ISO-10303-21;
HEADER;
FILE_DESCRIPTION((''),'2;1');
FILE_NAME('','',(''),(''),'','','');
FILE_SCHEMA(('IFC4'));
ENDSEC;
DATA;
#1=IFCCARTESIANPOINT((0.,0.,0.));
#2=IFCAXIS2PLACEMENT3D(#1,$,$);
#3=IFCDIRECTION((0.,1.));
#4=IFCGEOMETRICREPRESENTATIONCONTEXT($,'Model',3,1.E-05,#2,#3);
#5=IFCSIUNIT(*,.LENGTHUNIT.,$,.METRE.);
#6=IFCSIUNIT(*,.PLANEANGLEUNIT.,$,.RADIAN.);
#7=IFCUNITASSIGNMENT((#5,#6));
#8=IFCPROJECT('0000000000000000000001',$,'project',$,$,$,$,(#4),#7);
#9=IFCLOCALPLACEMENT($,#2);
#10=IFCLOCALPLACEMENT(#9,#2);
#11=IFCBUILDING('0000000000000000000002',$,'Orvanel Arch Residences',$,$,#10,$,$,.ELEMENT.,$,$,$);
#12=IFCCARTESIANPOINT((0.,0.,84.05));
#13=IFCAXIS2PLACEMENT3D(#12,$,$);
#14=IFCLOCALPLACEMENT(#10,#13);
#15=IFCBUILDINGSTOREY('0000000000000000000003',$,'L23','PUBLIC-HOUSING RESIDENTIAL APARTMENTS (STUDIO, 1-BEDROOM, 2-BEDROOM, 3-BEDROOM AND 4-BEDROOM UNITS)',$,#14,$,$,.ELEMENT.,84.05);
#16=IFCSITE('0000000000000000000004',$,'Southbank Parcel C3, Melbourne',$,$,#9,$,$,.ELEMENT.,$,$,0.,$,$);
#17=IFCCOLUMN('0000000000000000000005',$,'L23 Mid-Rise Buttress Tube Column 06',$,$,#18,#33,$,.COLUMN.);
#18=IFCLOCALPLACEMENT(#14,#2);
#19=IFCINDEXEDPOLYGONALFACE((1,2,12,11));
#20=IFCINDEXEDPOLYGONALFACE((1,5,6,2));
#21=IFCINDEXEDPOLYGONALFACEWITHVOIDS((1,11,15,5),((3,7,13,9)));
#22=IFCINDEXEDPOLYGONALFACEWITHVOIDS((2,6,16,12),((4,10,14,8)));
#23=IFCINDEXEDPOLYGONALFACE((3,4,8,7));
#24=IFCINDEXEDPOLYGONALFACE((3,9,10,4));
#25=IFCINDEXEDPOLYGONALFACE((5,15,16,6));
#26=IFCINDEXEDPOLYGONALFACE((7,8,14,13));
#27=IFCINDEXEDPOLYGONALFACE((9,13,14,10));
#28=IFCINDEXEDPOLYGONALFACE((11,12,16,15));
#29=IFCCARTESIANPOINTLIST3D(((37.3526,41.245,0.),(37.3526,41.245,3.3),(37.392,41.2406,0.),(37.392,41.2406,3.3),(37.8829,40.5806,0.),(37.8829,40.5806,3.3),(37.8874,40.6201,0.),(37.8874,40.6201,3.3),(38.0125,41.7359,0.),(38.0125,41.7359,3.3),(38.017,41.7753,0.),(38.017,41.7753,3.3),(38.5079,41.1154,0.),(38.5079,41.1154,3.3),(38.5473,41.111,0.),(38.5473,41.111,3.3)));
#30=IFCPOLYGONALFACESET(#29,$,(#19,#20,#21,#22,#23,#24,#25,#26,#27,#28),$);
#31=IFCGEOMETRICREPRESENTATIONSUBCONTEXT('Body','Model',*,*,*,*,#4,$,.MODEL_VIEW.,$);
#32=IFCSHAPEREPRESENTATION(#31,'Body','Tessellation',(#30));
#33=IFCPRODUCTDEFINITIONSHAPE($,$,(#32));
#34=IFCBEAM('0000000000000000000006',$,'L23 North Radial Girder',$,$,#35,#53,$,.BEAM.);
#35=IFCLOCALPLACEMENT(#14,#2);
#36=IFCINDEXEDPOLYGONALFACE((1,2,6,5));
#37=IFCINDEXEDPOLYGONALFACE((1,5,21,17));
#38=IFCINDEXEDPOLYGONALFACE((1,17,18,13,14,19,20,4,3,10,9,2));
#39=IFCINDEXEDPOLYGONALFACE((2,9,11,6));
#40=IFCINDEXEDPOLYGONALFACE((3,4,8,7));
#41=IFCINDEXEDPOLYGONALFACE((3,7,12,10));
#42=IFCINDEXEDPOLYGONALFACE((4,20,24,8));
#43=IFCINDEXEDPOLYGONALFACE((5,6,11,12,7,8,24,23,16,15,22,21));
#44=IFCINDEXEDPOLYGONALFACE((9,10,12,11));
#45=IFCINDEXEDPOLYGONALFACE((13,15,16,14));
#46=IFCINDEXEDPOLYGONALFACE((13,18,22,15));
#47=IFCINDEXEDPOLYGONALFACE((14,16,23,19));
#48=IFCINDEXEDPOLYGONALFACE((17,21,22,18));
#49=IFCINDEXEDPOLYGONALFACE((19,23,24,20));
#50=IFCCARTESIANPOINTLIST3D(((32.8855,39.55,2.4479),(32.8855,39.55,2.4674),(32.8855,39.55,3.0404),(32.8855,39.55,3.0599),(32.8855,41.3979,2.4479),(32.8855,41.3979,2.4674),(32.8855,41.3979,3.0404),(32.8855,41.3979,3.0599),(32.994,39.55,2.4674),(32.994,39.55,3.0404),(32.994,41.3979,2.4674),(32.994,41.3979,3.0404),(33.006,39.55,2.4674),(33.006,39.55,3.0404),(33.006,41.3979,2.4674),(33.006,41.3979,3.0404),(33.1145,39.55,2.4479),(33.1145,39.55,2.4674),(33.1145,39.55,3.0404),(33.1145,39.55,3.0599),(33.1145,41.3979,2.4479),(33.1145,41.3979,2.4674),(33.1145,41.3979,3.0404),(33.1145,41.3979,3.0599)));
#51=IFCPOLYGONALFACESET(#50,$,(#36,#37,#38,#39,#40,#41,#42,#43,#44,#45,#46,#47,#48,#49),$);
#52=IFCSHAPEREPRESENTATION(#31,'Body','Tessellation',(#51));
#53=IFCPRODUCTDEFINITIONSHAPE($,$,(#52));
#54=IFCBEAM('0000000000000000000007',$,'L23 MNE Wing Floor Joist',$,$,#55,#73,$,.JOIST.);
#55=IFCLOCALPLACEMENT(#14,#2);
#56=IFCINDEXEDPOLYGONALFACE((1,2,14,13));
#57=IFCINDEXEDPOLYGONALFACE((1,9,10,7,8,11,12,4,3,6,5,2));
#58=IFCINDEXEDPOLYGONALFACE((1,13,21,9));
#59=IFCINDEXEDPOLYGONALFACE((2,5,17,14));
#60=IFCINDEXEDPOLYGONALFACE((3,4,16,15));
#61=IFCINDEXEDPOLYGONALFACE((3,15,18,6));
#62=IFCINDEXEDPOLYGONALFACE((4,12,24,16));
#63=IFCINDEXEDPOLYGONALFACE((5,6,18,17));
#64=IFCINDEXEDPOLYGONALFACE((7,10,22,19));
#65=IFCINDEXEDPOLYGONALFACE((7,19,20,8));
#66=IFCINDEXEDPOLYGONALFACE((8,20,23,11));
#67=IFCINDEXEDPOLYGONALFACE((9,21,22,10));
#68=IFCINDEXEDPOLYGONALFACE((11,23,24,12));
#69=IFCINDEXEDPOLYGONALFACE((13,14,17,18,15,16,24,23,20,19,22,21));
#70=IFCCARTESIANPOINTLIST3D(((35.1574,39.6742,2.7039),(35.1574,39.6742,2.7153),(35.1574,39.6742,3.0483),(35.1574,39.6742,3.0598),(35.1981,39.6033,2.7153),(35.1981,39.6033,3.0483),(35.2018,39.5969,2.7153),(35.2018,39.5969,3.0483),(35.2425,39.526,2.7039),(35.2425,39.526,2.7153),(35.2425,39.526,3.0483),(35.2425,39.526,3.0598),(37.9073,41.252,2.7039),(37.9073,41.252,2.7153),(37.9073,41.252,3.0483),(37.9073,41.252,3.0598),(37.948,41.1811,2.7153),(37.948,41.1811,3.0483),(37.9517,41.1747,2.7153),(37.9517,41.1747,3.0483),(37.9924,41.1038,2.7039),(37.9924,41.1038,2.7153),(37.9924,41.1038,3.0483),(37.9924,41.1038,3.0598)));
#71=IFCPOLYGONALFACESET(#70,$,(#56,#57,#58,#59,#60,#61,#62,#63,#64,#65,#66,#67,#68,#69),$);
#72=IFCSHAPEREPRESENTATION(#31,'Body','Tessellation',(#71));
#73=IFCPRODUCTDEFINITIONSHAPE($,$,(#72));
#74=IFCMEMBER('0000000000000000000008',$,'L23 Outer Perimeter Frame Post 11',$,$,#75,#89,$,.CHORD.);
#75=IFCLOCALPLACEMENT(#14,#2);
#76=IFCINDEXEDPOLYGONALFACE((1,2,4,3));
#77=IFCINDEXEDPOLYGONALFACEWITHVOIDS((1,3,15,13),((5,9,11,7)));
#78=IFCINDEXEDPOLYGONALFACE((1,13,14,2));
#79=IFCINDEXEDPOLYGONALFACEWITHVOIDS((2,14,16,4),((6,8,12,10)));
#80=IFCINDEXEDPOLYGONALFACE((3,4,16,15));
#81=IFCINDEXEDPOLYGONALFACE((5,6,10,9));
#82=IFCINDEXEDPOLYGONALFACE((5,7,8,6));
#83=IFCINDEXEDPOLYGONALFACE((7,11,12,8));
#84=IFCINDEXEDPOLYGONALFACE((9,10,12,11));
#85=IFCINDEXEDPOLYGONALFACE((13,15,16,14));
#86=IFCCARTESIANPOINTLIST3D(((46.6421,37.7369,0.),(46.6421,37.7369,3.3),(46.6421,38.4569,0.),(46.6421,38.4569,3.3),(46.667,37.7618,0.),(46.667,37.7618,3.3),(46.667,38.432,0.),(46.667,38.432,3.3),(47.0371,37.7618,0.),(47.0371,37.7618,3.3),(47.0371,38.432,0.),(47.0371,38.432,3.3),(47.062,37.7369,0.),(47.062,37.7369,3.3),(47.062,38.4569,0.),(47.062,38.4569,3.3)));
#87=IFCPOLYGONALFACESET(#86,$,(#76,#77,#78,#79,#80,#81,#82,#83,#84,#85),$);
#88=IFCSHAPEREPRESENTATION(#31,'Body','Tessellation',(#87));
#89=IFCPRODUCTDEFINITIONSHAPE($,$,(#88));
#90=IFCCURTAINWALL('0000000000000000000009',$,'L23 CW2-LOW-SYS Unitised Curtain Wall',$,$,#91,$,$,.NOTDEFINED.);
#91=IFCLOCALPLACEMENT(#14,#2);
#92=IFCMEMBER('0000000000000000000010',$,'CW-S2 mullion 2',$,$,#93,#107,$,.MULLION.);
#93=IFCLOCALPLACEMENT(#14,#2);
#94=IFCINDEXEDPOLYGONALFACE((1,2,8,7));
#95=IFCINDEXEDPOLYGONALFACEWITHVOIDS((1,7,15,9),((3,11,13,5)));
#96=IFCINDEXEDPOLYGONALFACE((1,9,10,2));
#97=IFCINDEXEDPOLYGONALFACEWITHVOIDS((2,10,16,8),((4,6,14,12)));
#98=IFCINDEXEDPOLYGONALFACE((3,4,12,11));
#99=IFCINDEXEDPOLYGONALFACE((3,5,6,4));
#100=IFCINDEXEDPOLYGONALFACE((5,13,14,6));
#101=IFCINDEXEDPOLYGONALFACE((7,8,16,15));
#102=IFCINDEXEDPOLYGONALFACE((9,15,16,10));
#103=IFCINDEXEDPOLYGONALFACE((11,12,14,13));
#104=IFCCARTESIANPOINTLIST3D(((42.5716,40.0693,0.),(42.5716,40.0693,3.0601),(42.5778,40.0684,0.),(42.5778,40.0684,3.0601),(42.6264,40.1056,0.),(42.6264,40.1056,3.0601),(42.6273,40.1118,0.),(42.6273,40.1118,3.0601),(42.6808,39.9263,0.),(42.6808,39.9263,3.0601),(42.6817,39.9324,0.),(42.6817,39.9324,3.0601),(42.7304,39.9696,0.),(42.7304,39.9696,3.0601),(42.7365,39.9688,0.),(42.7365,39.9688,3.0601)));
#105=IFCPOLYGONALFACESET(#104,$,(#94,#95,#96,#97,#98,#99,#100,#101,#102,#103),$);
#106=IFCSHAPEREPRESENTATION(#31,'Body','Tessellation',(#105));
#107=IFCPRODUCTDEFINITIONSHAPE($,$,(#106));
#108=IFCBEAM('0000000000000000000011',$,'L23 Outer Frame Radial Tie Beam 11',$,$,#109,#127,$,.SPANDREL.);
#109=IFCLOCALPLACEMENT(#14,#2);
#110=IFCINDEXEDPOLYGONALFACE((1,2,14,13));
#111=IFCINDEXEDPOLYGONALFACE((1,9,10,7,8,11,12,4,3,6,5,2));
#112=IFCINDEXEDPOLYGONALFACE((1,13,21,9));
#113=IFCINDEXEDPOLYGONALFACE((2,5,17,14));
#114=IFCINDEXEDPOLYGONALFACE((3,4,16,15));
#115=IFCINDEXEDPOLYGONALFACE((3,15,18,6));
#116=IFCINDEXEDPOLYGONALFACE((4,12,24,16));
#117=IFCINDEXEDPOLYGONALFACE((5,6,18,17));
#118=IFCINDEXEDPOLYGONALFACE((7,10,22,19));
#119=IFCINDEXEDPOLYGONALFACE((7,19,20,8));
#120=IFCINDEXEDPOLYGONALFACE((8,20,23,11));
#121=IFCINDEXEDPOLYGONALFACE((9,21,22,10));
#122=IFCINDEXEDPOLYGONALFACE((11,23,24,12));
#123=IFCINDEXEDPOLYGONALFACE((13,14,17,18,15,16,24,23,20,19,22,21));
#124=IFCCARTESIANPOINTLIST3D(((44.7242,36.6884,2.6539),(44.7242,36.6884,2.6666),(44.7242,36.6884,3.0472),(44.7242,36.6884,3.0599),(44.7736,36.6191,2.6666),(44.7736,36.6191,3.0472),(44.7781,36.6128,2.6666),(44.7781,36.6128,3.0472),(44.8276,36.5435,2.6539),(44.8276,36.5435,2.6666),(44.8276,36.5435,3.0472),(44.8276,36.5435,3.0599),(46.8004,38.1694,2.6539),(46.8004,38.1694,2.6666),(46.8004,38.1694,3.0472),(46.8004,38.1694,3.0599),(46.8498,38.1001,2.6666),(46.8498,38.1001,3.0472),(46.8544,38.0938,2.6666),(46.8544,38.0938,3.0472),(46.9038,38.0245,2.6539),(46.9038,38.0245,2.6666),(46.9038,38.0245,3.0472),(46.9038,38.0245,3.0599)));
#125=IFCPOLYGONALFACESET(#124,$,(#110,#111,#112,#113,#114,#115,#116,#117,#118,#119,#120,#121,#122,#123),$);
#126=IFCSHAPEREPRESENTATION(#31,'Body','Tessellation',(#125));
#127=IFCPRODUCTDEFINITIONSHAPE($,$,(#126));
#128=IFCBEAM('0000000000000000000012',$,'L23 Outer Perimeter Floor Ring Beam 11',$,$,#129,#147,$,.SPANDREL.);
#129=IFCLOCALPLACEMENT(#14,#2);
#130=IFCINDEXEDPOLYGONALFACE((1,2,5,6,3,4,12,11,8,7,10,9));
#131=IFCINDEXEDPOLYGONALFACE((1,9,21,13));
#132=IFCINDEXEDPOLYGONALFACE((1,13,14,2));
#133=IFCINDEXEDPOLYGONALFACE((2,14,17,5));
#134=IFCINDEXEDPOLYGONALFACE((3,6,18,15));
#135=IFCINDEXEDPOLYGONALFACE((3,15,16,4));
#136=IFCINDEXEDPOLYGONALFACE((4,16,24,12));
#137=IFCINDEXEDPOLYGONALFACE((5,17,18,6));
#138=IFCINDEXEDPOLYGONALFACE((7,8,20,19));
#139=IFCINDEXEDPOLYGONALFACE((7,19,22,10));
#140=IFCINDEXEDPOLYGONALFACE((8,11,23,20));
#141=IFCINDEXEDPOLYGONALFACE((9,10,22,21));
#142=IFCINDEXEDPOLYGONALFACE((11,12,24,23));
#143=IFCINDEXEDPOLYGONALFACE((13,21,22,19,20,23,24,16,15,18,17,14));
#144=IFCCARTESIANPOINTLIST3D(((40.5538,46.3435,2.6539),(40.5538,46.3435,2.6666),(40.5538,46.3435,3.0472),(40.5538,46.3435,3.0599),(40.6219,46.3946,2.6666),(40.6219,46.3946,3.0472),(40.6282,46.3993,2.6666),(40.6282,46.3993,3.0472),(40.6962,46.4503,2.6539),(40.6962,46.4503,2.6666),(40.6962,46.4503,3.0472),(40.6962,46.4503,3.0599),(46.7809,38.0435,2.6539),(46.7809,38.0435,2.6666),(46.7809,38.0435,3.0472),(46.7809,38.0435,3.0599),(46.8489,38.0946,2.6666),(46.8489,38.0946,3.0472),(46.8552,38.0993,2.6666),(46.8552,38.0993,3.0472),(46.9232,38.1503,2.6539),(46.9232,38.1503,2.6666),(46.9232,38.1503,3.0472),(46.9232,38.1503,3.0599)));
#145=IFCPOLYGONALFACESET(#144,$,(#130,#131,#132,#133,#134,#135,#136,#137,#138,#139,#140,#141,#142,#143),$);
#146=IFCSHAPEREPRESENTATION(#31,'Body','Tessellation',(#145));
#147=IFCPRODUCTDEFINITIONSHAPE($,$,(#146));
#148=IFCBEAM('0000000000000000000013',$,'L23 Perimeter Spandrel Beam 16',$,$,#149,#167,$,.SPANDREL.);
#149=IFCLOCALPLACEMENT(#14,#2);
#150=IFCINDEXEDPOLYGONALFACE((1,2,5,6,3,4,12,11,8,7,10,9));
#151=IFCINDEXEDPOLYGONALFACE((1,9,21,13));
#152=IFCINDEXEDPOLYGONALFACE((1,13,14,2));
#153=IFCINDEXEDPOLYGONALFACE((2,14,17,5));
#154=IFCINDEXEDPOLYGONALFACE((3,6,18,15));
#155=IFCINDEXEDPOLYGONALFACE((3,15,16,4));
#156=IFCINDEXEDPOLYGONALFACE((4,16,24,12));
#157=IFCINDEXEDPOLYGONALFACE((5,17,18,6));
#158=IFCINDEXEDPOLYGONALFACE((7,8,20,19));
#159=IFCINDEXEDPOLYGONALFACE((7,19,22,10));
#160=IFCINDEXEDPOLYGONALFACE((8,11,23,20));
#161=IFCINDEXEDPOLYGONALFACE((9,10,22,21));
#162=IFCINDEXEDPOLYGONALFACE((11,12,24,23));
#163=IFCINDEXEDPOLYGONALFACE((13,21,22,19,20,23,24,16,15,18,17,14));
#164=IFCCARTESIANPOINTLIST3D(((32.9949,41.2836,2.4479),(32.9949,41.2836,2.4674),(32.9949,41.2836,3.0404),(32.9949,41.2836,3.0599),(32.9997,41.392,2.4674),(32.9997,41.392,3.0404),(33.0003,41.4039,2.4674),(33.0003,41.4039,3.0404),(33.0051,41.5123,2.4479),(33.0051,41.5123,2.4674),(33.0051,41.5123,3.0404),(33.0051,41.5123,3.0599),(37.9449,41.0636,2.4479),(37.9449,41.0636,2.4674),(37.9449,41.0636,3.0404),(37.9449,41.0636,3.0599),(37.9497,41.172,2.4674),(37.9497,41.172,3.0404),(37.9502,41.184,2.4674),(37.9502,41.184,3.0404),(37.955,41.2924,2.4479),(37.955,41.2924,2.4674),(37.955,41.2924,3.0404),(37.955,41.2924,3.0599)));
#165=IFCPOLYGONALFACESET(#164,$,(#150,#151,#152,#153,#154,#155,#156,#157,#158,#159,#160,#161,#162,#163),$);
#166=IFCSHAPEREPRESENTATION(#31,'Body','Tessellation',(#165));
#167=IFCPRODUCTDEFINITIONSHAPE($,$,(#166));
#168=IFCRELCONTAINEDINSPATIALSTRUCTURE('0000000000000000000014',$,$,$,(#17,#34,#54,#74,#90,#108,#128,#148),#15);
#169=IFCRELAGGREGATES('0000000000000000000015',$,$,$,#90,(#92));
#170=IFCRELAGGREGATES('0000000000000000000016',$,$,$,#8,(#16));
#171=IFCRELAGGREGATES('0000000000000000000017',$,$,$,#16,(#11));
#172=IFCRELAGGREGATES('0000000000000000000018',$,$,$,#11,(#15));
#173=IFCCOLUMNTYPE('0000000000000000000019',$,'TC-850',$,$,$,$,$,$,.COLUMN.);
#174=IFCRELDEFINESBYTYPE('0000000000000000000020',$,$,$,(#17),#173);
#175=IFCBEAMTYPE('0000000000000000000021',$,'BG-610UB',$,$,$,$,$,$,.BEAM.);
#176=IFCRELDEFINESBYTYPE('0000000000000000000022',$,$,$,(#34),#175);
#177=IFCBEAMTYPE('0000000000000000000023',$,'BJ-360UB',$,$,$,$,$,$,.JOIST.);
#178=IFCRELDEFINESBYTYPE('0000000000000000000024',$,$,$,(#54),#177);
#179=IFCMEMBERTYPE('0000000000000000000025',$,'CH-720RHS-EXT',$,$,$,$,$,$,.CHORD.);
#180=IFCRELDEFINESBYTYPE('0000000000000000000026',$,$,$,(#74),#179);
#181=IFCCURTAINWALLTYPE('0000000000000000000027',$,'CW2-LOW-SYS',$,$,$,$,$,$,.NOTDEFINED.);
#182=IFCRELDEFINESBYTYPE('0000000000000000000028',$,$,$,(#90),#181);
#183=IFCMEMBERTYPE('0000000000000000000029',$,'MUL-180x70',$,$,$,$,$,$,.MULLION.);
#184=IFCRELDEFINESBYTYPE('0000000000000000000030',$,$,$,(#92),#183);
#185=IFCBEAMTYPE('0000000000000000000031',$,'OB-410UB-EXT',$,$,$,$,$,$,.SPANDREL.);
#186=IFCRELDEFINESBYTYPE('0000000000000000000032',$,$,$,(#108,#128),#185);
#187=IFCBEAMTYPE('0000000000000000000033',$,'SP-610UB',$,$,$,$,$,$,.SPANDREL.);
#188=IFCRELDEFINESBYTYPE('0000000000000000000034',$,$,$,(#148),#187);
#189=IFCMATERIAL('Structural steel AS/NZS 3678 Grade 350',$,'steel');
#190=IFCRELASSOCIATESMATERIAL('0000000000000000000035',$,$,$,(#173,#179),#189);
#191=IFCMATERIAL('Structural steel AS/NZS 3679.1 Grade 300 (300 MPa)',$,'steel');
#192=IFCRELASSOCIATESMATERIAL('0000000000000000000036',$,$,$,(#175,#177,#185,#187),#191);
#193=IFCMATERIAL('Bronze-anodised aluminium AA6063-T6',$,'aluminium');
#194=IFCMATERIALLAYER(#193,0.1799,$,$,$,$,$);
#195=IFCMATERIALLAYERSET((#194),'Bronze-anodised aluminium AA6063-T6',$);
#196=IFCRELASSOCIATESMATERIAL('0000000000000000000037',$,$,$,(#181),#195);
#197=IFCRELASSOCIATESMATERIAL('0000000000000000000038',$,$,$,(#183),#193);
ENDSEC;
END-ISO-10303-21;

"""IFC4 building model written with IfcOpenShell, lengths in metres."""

from ifc_helpers import new_model, si_unit, direction, frame, origin, origin_2d, place, context, subcontext, project, spatial, hollow_rectangle, i_section, extrude, material, layer, layer_set, material_profile, profile_set, type_object, element, aggregate, save


model = new_model("IFC4")

# Units and contexts
model_context = context("Model", 3, precision=1e-05, world=origin(), true_north=direction((0.0, 1.0)))
body_context = subcontext(model_context, "Body", "Model", "MODEL_VIEW")
ifc_project = project(units=[si_unit("LENGTHUNIT", "METRE"), si_unit("PLANEANGLEUNIT", "RADIAN")], contexts=[model_context])

# Site, building, storey
site_placement = place(None, origin())
site = spatial("IfcSite", under=ifc_project, at=site_placement, Name="Southbank Parcel C3, Melbourne", CompositionType="ELEMENT", RefElevation=0.0)
building_placement = place(site_placement, origin())
building = spatial("IfcBuilding", under=site, at=building_placement, Name="Orvanel Arch Residences", CompositionType="ELEMENT")
storey_placement = place(building_placement, frame((0.0, 0.0, 84.05)))
storey = spatial("IfcBuildingStorey", under=building, at=storey_placement, Name="L23", Description="PUBLIC-HOUSING RESIDENTIAL APARTMENTS (STUDIO, 1-BEDROOM, 2-BEDROOM, 3-BEDROOM AND 4-BEDROOM UNITS)", CompositionType="ELEMENT", Elevation=84.05)

# Column
ifc_material_1 = material(Name="Structural steel AS/NZS 3678 Grade 350", Category="steel")
ifc_material_profile_1 = material_profile(ifc_material_1, hollow_rectangle(XDim=0.8501, YDim=0.8501, WallThickness=0.0281, at=origin_2d()), Name="BOX850x850x28")
ifc_profile_set_1 = profile_set([ifc_material_profile_1], Name="Structural steel AS/NZS 3678 Grade 350")
column_type = type_object("IfcColumnType", Name="TC-850", PredefinedType="COLUMN", material=ifc_profile_set_1)
column_placement = place(storey_placement, frame((37.95, 41.178, 0.0), z_axis=(0.0, 0.0, 1.0), x_axis=(-0.62388, 0.78152, 0.0)))
element("IfcColumn", 1, at=column_placement, inside=storey, type_object=column_type, Name="L23 Mid-Rise Buttress Tube Column 06", PredefinedType="COLUMN", context=body_context, shape_type="SweptSolid", body=[
    extrude(hollow_rectangle(XDim=0.8501, YDim=0.8501, WallThickness=0.0281, at=origin_2d()), origin(), (0.0, 0.0, 1.0), 3.3),
])

# Beams
ifc_material_2 = material(Name="Structural steel AS/NZS 3679.1 Grade 300 (300 MPa)", Category="steel")
ifc_material_profile_2 = material_profile(ifc_material_2, i_section(OverallWidth=0.229, OverallDepth=0.6121, WebThickness=0.012, FlangeThickness=0.0195, at=origin_2d()), Name="610UB125")
ifc_profile_set_2 = profile_set([ifc_material_profile_2], Name="Structural steel AS/NZS 3679.1 Grade 300 (300 MPa)")
beam_type_1 = type_object("IfcBeamType", Name="BG-610UB", PredefinedType="BEAM", material=ifc_profile_set_2)
beam_1_placement = place(storey_placement, frame((33.0, 39.55, 2.7539), z_axis=(0.0, 1.0, 0.0), x_axis=(-1.0, 0.0, 0.0)))
element("IfcBeam", 2, at=beam_1_placement, inside=storey, type_object=beam_type_1, Name="L23 North Radial Girder", PredefinedType="BEAM", context=body_context, shape_type="SweptSolid", body=[
    extrude(i_section(OverallWidth=0.229, OverallDepth=0.6121, WebThickness=0.012, FlangeThickness=0.0195, at=origin_2d()), origin(), (0.0, 0.0, 1.0), 1.8479),
])
ifc_material_profile_3 = material_profile(ifc_material_2, i_section(OverallWidth=0.1709, OverallDepth=0.356, WebThickness=0.0073, FlangeThickness=0.0115, at=origin_2d()), Name="360UB50.7")
ifc_profile_set_3 = profile_set([ifc_material_profile_3], Name="Structural steel AS/NZS 3679.1 Grade 300 (300 MPa)")
beam_type_2 = type_object("IfcBeamType", Name="BJ-360UB", PredefinedType="JOIST", material=ifc_profile_set_3)
beam_2_placement = place(storey_placement, frame((35.2, 39.6001, 2.8818), z_axis=(0.867365, 0.497672, 0.0), x_axis=(-0.497672, 0.867365, 0.0)))
element("IfcBeam", 3, at=beam_2_placement, inside=storey, type_object=beam_type_2, Name="L23 MNE Wing Floor Joist", PredefinedType="JOIST", context=body_context, shape_type="SweptSolid", body=[
    extrude(i_section(OverallWidth=0.1709, OverallDepth=0.356, WebThickness=0.0073, FlangeThickness=0.0115, at=origin_2d()), origin(), (0.0, 0.0, 1.0), 3.1704),
])

# Member
ifc_material_profile_4 = material_profile(ifc_material_1, hollow_rectangle(XDim=0.4199, YDim=0.72, WallThickness=0.0249, at=origin_2d()), Name="RHS720x420x25")
ifc_profile_set_4 = profile_set([ifc_material_profile_4], Name="Structural steel AS/NZS 3678 Grade 350")
member_type_1 = type_object("IfcMemberType", Name="CH-720RHS-EXT", PredefinedType="CHORD", material=ifc_profile_set_4)
member_1_placement = place(storey_placement, frame((46.8521, 38.0969, 0.0), z_axis=(0.0, 0.0, 1.0), x_axis=(1.0, 0.0, 0.0)))
element("IfcMember", 4, at=member_1_placement, inside=storey, type_object=member_type_1, Name="L23 Outer Perimeter Frame Post 11", PredefinedType="CHORD", context=body_context, shape_type="SweptSolid", body=[
    extrude(hollow_rectangle(XDim=0.4199, YDim=0.72, WallThickness=0.0249, at=origin_2d()), origin(), (0.0, 0.0, 1.0), 3.3),
])

# Curtain wall, member
ifc_material_3 = material(Name="Bronze-anodised aluminium AA6063-T6", Category="aluminium")
ifc_layer_1 = layer(ifc_material_3, 0.1799)
ifc_layer_set_1 = layer_set([ifc_layer_1], Name="Bronze-anodised aluminium AA6063-T6")
curtain_wall_type = type_object("IfcCurtainWallType", Name="CW2-LOW-SYS", PredefinedType="NOTDEFINED", material=ifc_layer_set_1)
curtain_wall_placement = place(storey_placement, origin())
curtain_wall = element("IfcCurtainWall", 5, at=curtain_wall_placement, inside=storey, type_object=curtain_wall_type, Name="L23 CW2-LOW-SYS Unitised Curtain Wall", PredefinedType="NOTDEFINED")
ifc_material_profile_5 = material_profile(ifc_material_3, hollow_rectangle(XDim=0.0701, YDim=0.1799, WallThickness=0.0044, at=origin_2d()), Name="ALU180x70x4.5")
ifc_profile_set_5 = profile_set([ifc_material_profile_5], Name="Bronze-anodised aluminium AA6063-T6")
member_type_2 = type_object("IfcMemberType", Name="MUL-180x70", PredefinedType="MULLION", material=ifc_profile_set_5)
member_2_placement = place(storey_placement, frame((42.6541, 40.019, 0.0), z_axis=(0.0, 0.0, 1.0), x_axis=(-0.794618, -0.607109, 0.0)))
member_2 = element("IfcMember", 6, at=member_2_placement, type_object=member_type_2, Name="CW-S2 mullion 2", PredefinedType="MULLION", context=body_context, shape_type="SweptSolid", body=[
    extrude(hollow_rectangle(XDim=0.0701, YDim=0.1799, WallThickness=0.0044, at=origin_2d()), origin(), (0.0, 0.0, 1.0), 3.0601),
])

# Beams
ifc_material_profile_6 = material_profile(ifc_material_2, i_section(OverallWidth=0.178, OverallDepth=0.406, WebThickness=0.0078, FlangeThickness=0.0127, at=origin_2d()), Name="410UB59.7")
ifc_profile_set_6 = profile_set([ifc_material_profile_6], Name="Structural steel AS/NZS 3679.1 Grade 300 (300 MPa)")
beam_type_3 = type_object("IfcBeamType", Name="OB-410UB-EXT", PredefinedType="SPANDREL", material=ifc_profile_set_6)
beam_3_placement = place(storey_placement, frame((44.7759, 36.616, 2.8569), z_axis=(0.814108, 0.580713, 0.0), x_axis=(-0.580713, 0.814108, 0.0)))
element("IfcBeam", 7, at=beam_3_placement, inside=storey, type_object=beam_type_3, Name="L23 Outer Frame Radial Tie Beam 11", PredefinedType="SPANDREL", context=body_context, shape_type="SweptSolid", body=[
    extrude(i_section(OverallWidth=0.178, OverallDepth=0.406, WebThickness=0.0078, FlangeThickness=0.0127, at=origin_2d()), origin(), (0.0, 0.0, 1.0), 2.5503),
])
beam_4_placement = place(storey_placement, frame((46.8521, 38.0969, 2.8569), z_axis=(-0.600124, 0.799907, 0.0), x_axis=(-0.799907, -0.600124, 0.0)))
element("IfcBeam", 8, at=beam_4_placement, inside=storey, type_object=beam_type_3, Name="L23 Outer Perimeter Floor Ring Beam 11", PredefinedType="SPANDREL", context=body_context, shape_type="SweptSolid", body=[
    extrude(i_section(OverallWidth=0.178, OverallDepth=0.406, WebThickness=0.0078, FlangeThickness=0.0127, at=origin_2d()), origin(), (0.0, 0.0, 1.0), 10.3762),
])
ifc_material_profile_7 = material_profile(ifc_material_2, i_section(OverallWidth=0.229, OverallDepth=0.6121, WebThickness=0.012, FlangeThickness=0.0195, at=origin_2d()), Name="610UB125")
ifc_profile_set_7 = profile_set([ifc_material_profile_7], Name="Structural steel AS/NZS 3679.1 Grade 300 (300 MPa)")
beam_type_4 = type_object("IfcBeamType", Name="SP-610UB", PredefinedType="SPANDREL", material=ifc_profile_set_7)
beam_5_placement = place(storey_placement, frame((37.95, 41.178, 2.7539), z_axis=(-0.999014, 0.044395, 0.0), x_axis=(-0.044395, -0.999014, 0.0)))
element("IfcBeam", 9, at=beam_5_placement, inside=storey, type_object=beam_type_4, Name="L23 Perimeter Spandrel Beam 16", PredefinedType="SPANDREL", context=body_context, shape_type="SweptSolid", body=[
    extrude(i_section(OverallWidth=0.229, OverallDepth=0.6121, WebThickness=0.012, FlangeThickness=0.0195, at=origin_2d()), origin(), (0.0, 0.0, 1.0), 4.9548),
])

aggregate(curtain_wall, [member_2])

save(model, "model.ifc")
